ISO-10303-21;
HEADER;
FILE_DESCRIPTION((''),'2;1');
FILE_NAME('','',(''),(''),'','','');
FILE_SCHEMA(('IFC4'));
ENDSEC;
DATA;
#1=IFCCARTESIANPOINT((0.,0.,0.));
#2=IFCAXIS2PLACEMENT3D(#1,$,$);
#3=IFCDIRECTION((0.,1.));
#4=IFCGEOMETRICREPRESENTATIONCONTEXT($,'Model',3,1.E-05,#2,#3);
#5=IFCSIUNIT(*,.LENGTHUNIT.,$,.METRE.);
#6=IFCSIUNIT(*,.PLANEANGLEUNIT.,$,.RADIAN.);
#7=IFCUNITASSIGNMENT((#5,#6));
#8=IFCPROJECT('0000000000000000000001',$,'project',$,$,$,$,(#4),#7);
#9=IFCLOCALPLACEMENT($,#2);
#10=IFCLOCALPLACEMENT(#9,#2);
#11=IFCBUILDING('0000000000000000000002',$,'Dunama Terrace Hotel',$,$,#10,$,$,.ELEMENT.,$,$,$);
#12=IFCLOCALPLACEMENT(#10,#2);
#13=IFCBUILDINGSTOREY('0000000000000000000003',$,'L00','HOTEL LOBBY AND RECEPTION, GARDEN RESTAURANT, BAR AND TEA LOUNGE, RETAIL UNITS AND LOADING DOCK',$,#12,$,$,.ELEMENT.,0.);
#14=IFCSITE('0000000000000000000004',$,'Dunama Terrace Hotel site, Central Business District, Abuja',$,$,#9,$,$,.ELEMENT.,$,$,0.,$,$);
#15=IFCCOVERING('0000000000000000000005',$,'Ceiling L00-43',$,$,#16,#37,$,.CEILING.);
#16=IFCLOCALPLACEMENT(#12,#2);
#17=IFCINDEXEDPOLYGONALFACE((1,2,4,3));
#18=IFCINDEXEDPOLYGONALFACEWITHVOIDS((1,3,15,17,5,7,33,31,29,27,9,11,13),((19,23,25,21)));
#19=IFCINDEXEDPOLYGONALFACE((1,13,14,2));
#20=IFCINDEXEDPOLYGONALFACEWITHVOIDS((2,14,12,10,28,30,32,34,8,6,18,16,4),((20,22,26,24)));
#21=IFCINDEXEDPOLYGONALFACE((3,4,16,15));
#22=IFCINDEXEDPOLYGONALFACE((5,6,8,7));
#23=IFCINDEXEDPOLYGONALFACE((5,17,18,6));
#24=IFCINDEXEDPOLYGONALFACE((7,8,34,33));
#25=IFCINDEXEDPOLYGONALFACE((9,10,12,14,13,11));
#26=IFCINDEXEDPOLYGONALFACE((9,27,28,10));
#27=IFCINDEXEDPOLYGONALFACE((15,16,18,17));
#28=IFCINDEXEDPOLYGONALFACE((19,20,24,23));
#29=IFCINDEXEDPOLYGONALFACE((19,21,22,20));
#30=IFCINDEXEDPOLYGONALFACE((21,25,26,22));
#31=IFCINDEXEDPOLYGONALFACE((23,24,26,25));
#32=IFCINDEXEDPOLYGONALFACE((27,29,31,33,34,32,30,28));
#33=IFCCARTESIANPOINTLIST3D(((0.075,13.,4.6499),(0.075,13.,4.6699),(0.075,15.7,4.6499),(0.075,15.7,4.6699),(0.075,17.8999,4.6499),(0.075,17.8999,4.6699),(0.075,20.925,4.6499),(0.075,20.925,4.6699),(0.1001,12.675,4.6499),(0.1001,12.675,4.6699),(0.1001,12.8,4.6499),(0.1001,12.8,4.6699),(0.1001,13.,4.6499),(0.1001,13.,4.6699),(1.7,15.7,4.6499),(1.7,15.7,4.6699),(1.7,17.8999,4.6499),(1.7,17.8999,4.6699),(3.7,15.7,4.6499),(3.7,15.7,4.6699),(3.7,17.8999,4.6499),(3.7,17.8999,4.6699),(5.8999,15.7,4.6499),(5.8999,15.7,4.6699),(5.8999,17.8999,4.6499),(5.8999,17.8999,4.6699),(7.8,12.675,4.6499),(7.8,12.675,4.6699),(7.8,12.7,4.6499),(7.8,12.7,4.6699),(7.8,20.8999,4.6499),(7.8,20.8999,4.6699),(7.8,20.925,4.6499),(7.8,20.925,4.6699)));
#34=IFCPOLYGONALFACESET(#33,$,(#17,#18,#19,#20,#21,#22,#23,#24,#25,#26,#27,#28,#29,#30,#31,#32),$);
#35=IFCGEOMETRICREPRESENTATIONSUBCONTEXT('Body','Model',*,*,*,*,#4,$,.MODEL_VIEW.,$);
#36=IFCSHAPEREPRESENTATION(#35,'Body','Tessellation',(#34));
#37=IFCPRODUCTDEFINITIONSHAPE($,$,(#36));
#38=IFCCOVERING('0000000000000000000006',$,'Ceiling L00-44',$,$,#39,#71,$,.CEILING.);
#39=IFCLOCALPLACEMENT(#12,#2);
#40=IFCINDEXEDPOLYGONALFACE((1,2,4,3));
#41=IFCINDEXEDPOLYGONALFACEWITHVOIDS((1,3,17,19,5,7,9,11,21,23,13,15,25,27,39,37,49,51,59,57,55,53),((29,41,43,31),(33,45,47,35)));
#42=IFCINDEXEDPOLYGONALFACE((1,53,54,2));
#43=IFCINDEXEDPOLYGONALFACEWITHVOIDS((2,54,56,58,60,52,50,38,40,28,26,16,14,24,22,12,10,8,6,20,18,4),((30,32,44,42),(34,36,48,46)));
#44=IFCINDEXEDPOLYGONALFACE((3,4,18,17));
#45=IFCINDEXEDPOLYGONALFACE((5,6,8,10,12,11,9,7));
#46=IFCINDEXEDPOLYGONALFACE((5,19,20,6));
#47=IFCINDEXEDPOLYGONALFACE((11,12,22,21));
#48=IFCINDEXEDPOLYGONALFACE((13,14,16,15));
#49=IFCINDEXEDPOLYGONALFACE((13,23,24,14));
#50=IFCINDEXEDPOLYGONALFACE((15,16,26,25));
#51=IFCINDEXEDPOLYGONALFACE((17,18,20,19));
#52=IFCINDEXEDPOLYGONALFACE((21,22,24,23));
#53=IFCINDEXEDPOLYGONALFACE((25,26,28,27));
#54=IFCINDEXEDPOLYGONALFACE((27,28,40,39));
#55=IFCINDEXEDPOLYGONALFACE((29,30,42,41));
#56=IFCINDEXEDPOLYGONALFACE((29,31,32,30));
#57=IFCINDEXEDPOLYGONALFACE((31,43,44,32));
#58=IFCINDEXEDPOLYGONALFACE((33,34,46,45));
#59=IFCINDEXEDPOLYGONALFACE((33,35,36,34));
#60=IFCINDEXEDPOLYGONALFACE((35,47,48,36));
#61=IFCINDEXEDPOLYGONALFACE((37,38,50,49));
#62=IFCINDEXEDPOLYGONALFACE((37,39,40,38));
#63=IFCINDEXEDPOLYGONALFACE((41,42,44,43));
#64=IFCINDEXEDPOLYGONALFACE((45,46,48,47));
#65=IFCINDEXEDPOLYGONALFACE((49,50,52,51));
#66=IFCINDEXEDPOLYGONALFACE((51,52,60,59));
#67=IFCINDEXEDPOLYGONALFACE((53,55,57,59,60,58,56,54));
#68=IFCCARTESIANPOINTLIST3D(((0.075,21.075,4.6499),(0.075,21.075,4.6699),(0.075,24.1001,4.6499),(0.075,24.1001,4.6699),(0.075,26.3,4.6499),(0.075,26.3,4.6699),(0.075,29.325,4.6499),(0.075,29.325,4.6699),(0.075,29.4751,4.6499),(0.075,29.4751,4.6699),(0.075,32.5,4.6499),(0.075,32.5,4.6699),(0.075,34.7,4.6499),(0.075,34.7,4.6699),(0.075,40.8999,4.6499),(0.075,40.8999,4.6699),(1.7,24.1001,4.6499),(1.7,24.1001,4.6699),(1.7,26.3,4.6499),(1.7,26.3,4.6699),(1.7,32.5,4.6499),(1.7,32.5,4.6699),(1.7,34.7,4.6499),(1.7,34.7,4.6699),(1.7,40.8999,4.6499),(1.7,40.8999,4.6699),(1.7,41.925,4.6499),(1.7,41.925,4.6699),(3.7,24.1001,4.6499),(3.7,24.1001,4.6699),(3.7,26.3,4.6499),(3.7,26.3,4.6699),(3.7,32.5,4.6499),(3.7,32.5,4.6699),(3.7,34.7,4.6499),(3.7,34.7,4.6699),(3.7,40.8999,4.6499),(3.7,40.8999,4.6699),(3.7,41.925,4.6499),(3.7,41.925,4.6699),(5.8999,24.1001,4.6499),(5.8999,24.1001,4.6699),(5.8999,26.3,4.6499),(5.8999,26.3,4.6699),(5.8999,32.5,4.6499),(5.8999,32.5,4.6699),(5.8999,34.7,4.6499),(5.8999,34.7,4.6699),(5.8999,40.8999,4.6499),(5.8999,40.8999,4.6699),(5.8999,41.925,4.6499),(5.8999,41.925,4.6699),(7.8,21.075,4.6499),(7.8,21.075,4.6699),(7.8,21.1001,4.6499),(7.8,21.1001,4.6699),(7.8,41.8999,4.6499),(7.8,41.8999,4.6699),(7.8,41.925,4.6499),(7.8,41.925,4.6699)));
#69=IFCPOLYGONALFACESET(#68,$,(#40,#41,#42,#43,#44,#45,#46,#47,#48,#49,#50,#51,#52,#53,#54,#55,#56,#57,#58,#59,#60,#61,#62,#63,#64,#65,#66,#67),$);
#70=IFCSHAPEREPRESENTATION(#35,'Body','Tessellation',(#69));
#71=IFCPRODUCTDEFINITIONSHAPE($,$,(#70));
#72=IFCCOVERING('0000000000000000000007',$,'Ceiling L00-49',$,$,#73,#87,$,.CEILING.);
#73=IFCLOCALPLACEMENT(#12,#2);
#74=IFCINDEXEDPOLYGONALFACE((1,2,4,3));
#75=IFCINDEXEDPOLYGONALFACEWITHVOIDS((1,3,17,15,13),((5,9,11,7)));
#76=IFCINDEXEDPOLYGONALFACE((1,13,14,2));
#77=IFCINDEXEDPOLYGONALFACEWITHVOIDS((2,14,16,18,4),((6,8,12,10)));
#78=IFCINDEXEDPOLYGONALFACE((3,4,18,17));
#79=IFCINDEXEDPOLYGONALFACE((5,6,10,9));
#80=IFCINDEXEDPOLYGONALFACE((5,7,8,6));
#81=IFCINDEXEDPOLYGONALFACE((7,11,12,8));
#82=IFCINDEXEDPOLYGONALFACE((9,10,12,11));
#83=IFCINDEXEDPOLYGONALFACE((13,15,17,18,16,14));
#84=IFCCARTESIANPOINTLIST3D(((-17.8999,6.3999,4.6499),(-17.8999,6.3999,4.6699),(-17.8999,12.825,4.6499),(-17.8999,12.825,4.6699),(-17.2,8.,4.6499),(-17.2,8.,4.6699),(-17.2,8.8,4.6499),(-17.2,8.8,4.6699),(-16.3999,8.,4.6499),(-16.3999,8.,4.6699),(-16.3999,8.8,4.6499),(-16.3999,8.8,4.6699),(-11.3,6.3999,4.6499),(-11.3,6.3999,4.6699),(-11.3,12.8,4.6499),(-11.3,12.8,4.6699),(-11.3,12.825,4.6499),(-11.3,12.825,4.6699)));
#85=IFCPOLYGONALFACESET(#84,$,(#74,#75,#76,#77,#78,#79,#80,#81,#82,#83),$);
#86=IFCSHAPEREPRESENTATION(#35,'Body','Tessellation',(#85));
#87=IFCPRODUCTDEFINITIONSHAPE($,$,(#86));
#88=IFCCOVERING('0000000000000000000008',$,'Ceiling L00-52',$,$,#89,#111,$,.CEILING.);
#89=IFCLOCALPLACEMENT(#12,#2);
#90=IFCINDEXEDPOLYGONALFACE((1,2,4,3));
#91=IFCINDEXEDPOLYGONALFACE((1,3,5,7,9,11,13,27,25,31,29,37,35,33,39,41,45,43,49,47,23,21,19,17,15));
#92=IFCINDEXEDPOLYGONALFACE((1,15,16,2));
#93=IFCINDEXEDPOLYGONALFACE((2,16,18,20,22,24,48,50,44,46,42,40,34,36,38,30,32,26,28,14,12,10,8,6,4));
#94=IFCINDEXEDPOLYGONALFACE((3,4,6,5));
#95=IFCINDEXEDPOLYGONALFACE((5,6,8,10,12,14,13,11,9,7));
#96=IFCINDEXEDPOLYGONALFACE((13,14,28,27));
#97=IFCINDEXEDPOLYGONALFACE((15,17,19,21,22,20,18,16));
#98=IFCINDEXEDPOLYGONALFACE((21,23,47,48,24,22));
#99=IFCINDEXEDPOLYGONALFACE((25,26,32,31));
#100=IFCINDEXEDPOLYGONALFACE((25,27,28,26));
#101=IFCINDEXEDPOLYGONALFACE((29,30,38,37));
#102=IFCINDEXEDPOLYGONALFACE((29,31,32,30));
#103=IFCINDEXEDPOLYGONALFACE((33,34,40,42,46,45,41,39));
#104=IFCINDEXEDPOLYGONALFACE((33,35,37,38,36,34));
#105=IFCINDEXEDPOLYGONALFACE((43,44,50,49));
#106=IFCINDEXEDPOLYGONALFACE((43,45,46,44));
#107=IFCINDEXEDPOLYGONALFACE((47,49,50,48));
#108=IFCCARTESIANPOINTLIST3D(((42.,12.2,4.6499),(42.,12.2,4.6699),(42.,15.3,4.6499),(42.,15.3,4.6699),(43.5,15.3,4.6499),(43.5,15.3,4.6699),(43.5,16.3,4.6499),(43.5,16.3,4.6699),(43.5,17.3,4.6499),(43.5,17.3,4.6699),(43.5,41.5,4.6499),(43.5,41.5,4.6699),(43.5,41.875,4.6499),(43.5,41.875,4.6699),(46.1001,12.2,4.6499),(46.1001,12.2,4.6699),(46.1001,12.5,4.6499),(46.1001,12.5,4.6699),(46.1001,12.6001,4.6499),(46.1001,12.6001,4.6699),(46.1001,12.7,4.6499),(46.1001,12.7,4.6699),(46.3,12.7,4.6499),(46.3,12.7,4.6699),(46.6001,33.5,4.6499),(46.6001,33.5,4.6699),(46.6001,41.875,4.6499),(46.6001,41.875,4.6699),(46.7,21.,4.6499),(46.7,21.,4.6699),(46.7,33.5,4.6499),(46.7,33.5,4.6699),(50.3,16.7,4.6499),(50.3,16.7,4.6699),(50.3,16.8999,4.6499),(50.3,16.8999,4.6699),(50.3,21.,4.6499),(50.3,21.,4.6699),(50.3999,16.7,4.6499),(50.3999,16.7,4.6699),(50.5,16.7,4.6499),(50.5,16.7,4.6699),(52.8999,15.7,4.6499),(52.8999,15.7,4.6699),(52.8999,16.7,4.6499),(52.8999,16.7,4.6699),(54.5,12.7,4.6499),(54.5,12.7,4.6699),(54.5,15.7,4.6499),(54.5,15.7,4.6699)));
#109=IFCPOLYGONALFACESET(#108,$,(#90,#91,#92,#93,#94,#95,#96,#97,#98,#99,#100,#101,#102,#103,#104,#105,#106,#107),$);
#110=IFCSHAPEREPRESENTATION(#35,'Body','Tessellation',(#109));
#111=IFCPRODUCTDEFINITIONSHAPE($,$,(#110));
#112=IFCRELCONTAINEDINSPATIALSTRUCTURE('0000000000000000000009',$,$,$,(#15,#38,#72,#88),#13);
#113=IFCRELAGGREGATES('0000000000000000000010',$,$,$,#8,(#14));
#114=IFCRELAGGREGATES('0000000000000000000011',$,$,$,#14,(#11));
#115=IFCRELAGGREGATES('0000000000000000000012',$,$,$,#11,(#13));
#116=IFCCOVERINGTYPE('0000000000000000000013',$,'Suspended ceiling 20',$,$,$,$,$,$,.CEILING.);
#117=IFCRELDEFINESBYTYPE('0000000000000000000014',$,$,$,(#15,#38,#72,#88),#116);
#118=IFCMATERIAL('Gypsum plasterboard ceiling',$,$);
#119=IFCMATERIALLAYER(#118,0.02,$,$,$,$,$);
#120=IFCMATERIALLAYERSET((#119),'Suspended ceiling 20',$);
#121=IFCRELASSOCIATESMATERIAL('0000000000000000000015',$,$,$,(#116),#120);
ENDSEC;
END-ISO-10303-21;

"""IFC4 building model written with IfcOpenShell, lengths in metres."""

from ifc_helpers import new_model, si_unit, direction, frame, origin, place, context, subcontext, project, spatial, polyline, outline, extrude, material, layer, layer_set, type_object, element, save


model = new_model("IFC4")

# Units and contexts
model_context = context("Model", 3, precision=1e-05, world=origin(), true_north=direction((0.0, 1.0)))
body_context = subcontext(model_context, "Body", "Model", "MODEL_VIEW")
ifc_project = project(units=[si_unit("LENGTHUNIT", "METRE"), si_unit("PLANEANGLEUNIT", "RADIAN")], contexts=[model_context])

# Site, building, storey
site_placement = place(None, origin())
site = spatial("IfcSite", under=ifc_project, at=site_placement, Name="Dunama Terrace Hotel site, Central Business District, Abuja", CompositionType="ELEMENT", RefElevation=0.0)
building_placement = place(site_placement, origin())
building = spatial("IfcBuilding", under=site, at=building_placement, Name="Dunama Terrace Hotel", CompositionType="ELEMENT")
storey_placement = place(building_placement, origin())
storey = spatial("IfcBuildingStorey", under=building, at=storey_placement, Name="L00", Description="HOTEL LOBBY AND RECEPTION, GARDEN RESTAURANT, BAR AND TEA LOUNGE, RETAIL UNITS AND LOADING DOCK", CompositionType="ELEMENT", Elevation=0.0)

# Coverings
ifc_material_1 = material(Name="Gypsum plasterboard ceiling")
ifc_layer_1 = layer(ifc_material_1, 0.02)
ifc_layer_set_1 = layer_set([ifc_layer_1], Name="Suspended ceiling 20")
covering_type_1 = type_object("IfcCoveringType", Name="Suspended ceiling 20", PredefinedType="CEILING", material=ifc_layer_set_1)
covering_1_placement = place(storey_placement, frame((0.0, 0.0, 4.6499)))
element("IfcCovering", 1, at=covering_1_placement, inside=storey, type_object=covering_type_1, Name="Ceiling L00-43", PredefinedType="CEILING", context=body_context, shape_type="SweptSolid", body=[
    extrude(outline(polyline([(0.075, 17.8999), (1.7, 17.8999), (1.7, 15.7), (0.075, 15.7), (0.075, 13.0), (0.1001, 13.0), (0.1001, 12.8), (0.1001, 12.675), (7.8, 12.675), (7.8, 12.7), (7.8, 20.8999), (7.8, 20.925), (0.075, 20.925), (0.075, 17.8999)]), holes=[polyline([(3.7, 17.8999), (5.8999, 17.8999), (5.8999, 15.7), (3.7, 15.7), (3.7, 17.8999)])]), origin(), (0.0, 0.0, 1.0), 0.02),
])
covering_2_placement = place(storey_placement, frame((0.0, 0.0, 4.6499)))
element("IfcCovering", 2, at=covering_2_placement, inside=storey, type_object=covering_type_1, Name="Ceiling L00-44", PredefinedType="CEILING", context=body_context, shape_type="SweptSolid", body=[
    extrude(outline(polyline([(3.7, 41.925), (1.7, 41.925), (1.7, 40.8999), (0.075, 40.8999), (0.075, 34.7), (1.7, 34.7), (1.7, 32.5), (0.075, 32.5), (0.075, 29.4751), (0.075, 29.325), (0.075, 26.3), (1.7, 26.3), (1.7, 24.1001), (0.075, 24.1001), (0.075, 21.075), (7.8, 21.075), (7.8, 21.1001), (7.8, 41.8999), (7.8, 41.925), (5.8999, 41.925), (5.8999, 40.8999), (3.7, 40.8999), (3.7, 41.925)]), holes=[polyline([(3.7, 26.3), (5.8999, 26.3), (5.8999, 24.1001), (3.7, 24.1001), (3.7, 26.3)]), polyline([(3.7, 34.7), (5.8999, 34.7), (5.8999, 32.5), (3.7, 32.5), (3.7, 34.7)])]), origin(), (0.0, 0.0, 1.0), 0.02),
])
covering_3_placement = place(storey_placement, frame((0.0, 0.0, 4.6499)))
element("IfcCovering", 3, at=covering_3_placement, inside=storey, type_object=covering_type_1, Name="Ceiling L00-49", PredefinedType="CEILING", context=body_context, shape_type="SweptSolid", body=[
    extrude(outline(polyline([(-11.3, 12.825), (-17.8999, 12.825), (-17.8999, 6.3999), (-11.3, 6.3999), (-11.3, 12.8), (-11.3, 12.825)]), holes=[polyline([(-17.2, 8.8), (-16.3999, 8.8), (-16.3999, 8.0), (-17.2, 8.0), (-17.2, 8.8)])]), origin(), (0.0, 0.0, 1.0), 0.02),
])
covering_4_placement = place(storey_placement, frame((0.0, 0.0, 4.6499)))
element("IfcCovering", 4, at=covering_4_placement, inside=storey, type_object=covering_type_1, Name="Ceiling L00-52", PredefinedType="CEILING", context=body_context, shape_type="SweptSolid", body=[
    extrude(outline(polyline([(50.3, 21.0), (46.7, 21.0), (46.7, 33.5), (46.6001, 33.5), (46.6001, 41.875), (43.5, 41.875), (43.5, 41.5), (43.5, 17.3), (43.5, 16.3), (43.5, 15.3), (42.0, 15.3), (42.0, 12.2), (46.1001, 12.2), (46.1001, 12.5), (46.1001, 12.6001), (46.1001, 12.7), (46.3, 12.7), (54.5, 12.7), (54.5, 15.7), (52.8999, 15.7), (52.8999, 16.7), (50.5, 16.7), (50.3999, 16.7), (50.3, 16.7), (50.3, 16.8999), (50.3, 21.0)])), origin(), (0.0, 0.0, 1.0), 0.02),
])

save(model, "model.ifc")
